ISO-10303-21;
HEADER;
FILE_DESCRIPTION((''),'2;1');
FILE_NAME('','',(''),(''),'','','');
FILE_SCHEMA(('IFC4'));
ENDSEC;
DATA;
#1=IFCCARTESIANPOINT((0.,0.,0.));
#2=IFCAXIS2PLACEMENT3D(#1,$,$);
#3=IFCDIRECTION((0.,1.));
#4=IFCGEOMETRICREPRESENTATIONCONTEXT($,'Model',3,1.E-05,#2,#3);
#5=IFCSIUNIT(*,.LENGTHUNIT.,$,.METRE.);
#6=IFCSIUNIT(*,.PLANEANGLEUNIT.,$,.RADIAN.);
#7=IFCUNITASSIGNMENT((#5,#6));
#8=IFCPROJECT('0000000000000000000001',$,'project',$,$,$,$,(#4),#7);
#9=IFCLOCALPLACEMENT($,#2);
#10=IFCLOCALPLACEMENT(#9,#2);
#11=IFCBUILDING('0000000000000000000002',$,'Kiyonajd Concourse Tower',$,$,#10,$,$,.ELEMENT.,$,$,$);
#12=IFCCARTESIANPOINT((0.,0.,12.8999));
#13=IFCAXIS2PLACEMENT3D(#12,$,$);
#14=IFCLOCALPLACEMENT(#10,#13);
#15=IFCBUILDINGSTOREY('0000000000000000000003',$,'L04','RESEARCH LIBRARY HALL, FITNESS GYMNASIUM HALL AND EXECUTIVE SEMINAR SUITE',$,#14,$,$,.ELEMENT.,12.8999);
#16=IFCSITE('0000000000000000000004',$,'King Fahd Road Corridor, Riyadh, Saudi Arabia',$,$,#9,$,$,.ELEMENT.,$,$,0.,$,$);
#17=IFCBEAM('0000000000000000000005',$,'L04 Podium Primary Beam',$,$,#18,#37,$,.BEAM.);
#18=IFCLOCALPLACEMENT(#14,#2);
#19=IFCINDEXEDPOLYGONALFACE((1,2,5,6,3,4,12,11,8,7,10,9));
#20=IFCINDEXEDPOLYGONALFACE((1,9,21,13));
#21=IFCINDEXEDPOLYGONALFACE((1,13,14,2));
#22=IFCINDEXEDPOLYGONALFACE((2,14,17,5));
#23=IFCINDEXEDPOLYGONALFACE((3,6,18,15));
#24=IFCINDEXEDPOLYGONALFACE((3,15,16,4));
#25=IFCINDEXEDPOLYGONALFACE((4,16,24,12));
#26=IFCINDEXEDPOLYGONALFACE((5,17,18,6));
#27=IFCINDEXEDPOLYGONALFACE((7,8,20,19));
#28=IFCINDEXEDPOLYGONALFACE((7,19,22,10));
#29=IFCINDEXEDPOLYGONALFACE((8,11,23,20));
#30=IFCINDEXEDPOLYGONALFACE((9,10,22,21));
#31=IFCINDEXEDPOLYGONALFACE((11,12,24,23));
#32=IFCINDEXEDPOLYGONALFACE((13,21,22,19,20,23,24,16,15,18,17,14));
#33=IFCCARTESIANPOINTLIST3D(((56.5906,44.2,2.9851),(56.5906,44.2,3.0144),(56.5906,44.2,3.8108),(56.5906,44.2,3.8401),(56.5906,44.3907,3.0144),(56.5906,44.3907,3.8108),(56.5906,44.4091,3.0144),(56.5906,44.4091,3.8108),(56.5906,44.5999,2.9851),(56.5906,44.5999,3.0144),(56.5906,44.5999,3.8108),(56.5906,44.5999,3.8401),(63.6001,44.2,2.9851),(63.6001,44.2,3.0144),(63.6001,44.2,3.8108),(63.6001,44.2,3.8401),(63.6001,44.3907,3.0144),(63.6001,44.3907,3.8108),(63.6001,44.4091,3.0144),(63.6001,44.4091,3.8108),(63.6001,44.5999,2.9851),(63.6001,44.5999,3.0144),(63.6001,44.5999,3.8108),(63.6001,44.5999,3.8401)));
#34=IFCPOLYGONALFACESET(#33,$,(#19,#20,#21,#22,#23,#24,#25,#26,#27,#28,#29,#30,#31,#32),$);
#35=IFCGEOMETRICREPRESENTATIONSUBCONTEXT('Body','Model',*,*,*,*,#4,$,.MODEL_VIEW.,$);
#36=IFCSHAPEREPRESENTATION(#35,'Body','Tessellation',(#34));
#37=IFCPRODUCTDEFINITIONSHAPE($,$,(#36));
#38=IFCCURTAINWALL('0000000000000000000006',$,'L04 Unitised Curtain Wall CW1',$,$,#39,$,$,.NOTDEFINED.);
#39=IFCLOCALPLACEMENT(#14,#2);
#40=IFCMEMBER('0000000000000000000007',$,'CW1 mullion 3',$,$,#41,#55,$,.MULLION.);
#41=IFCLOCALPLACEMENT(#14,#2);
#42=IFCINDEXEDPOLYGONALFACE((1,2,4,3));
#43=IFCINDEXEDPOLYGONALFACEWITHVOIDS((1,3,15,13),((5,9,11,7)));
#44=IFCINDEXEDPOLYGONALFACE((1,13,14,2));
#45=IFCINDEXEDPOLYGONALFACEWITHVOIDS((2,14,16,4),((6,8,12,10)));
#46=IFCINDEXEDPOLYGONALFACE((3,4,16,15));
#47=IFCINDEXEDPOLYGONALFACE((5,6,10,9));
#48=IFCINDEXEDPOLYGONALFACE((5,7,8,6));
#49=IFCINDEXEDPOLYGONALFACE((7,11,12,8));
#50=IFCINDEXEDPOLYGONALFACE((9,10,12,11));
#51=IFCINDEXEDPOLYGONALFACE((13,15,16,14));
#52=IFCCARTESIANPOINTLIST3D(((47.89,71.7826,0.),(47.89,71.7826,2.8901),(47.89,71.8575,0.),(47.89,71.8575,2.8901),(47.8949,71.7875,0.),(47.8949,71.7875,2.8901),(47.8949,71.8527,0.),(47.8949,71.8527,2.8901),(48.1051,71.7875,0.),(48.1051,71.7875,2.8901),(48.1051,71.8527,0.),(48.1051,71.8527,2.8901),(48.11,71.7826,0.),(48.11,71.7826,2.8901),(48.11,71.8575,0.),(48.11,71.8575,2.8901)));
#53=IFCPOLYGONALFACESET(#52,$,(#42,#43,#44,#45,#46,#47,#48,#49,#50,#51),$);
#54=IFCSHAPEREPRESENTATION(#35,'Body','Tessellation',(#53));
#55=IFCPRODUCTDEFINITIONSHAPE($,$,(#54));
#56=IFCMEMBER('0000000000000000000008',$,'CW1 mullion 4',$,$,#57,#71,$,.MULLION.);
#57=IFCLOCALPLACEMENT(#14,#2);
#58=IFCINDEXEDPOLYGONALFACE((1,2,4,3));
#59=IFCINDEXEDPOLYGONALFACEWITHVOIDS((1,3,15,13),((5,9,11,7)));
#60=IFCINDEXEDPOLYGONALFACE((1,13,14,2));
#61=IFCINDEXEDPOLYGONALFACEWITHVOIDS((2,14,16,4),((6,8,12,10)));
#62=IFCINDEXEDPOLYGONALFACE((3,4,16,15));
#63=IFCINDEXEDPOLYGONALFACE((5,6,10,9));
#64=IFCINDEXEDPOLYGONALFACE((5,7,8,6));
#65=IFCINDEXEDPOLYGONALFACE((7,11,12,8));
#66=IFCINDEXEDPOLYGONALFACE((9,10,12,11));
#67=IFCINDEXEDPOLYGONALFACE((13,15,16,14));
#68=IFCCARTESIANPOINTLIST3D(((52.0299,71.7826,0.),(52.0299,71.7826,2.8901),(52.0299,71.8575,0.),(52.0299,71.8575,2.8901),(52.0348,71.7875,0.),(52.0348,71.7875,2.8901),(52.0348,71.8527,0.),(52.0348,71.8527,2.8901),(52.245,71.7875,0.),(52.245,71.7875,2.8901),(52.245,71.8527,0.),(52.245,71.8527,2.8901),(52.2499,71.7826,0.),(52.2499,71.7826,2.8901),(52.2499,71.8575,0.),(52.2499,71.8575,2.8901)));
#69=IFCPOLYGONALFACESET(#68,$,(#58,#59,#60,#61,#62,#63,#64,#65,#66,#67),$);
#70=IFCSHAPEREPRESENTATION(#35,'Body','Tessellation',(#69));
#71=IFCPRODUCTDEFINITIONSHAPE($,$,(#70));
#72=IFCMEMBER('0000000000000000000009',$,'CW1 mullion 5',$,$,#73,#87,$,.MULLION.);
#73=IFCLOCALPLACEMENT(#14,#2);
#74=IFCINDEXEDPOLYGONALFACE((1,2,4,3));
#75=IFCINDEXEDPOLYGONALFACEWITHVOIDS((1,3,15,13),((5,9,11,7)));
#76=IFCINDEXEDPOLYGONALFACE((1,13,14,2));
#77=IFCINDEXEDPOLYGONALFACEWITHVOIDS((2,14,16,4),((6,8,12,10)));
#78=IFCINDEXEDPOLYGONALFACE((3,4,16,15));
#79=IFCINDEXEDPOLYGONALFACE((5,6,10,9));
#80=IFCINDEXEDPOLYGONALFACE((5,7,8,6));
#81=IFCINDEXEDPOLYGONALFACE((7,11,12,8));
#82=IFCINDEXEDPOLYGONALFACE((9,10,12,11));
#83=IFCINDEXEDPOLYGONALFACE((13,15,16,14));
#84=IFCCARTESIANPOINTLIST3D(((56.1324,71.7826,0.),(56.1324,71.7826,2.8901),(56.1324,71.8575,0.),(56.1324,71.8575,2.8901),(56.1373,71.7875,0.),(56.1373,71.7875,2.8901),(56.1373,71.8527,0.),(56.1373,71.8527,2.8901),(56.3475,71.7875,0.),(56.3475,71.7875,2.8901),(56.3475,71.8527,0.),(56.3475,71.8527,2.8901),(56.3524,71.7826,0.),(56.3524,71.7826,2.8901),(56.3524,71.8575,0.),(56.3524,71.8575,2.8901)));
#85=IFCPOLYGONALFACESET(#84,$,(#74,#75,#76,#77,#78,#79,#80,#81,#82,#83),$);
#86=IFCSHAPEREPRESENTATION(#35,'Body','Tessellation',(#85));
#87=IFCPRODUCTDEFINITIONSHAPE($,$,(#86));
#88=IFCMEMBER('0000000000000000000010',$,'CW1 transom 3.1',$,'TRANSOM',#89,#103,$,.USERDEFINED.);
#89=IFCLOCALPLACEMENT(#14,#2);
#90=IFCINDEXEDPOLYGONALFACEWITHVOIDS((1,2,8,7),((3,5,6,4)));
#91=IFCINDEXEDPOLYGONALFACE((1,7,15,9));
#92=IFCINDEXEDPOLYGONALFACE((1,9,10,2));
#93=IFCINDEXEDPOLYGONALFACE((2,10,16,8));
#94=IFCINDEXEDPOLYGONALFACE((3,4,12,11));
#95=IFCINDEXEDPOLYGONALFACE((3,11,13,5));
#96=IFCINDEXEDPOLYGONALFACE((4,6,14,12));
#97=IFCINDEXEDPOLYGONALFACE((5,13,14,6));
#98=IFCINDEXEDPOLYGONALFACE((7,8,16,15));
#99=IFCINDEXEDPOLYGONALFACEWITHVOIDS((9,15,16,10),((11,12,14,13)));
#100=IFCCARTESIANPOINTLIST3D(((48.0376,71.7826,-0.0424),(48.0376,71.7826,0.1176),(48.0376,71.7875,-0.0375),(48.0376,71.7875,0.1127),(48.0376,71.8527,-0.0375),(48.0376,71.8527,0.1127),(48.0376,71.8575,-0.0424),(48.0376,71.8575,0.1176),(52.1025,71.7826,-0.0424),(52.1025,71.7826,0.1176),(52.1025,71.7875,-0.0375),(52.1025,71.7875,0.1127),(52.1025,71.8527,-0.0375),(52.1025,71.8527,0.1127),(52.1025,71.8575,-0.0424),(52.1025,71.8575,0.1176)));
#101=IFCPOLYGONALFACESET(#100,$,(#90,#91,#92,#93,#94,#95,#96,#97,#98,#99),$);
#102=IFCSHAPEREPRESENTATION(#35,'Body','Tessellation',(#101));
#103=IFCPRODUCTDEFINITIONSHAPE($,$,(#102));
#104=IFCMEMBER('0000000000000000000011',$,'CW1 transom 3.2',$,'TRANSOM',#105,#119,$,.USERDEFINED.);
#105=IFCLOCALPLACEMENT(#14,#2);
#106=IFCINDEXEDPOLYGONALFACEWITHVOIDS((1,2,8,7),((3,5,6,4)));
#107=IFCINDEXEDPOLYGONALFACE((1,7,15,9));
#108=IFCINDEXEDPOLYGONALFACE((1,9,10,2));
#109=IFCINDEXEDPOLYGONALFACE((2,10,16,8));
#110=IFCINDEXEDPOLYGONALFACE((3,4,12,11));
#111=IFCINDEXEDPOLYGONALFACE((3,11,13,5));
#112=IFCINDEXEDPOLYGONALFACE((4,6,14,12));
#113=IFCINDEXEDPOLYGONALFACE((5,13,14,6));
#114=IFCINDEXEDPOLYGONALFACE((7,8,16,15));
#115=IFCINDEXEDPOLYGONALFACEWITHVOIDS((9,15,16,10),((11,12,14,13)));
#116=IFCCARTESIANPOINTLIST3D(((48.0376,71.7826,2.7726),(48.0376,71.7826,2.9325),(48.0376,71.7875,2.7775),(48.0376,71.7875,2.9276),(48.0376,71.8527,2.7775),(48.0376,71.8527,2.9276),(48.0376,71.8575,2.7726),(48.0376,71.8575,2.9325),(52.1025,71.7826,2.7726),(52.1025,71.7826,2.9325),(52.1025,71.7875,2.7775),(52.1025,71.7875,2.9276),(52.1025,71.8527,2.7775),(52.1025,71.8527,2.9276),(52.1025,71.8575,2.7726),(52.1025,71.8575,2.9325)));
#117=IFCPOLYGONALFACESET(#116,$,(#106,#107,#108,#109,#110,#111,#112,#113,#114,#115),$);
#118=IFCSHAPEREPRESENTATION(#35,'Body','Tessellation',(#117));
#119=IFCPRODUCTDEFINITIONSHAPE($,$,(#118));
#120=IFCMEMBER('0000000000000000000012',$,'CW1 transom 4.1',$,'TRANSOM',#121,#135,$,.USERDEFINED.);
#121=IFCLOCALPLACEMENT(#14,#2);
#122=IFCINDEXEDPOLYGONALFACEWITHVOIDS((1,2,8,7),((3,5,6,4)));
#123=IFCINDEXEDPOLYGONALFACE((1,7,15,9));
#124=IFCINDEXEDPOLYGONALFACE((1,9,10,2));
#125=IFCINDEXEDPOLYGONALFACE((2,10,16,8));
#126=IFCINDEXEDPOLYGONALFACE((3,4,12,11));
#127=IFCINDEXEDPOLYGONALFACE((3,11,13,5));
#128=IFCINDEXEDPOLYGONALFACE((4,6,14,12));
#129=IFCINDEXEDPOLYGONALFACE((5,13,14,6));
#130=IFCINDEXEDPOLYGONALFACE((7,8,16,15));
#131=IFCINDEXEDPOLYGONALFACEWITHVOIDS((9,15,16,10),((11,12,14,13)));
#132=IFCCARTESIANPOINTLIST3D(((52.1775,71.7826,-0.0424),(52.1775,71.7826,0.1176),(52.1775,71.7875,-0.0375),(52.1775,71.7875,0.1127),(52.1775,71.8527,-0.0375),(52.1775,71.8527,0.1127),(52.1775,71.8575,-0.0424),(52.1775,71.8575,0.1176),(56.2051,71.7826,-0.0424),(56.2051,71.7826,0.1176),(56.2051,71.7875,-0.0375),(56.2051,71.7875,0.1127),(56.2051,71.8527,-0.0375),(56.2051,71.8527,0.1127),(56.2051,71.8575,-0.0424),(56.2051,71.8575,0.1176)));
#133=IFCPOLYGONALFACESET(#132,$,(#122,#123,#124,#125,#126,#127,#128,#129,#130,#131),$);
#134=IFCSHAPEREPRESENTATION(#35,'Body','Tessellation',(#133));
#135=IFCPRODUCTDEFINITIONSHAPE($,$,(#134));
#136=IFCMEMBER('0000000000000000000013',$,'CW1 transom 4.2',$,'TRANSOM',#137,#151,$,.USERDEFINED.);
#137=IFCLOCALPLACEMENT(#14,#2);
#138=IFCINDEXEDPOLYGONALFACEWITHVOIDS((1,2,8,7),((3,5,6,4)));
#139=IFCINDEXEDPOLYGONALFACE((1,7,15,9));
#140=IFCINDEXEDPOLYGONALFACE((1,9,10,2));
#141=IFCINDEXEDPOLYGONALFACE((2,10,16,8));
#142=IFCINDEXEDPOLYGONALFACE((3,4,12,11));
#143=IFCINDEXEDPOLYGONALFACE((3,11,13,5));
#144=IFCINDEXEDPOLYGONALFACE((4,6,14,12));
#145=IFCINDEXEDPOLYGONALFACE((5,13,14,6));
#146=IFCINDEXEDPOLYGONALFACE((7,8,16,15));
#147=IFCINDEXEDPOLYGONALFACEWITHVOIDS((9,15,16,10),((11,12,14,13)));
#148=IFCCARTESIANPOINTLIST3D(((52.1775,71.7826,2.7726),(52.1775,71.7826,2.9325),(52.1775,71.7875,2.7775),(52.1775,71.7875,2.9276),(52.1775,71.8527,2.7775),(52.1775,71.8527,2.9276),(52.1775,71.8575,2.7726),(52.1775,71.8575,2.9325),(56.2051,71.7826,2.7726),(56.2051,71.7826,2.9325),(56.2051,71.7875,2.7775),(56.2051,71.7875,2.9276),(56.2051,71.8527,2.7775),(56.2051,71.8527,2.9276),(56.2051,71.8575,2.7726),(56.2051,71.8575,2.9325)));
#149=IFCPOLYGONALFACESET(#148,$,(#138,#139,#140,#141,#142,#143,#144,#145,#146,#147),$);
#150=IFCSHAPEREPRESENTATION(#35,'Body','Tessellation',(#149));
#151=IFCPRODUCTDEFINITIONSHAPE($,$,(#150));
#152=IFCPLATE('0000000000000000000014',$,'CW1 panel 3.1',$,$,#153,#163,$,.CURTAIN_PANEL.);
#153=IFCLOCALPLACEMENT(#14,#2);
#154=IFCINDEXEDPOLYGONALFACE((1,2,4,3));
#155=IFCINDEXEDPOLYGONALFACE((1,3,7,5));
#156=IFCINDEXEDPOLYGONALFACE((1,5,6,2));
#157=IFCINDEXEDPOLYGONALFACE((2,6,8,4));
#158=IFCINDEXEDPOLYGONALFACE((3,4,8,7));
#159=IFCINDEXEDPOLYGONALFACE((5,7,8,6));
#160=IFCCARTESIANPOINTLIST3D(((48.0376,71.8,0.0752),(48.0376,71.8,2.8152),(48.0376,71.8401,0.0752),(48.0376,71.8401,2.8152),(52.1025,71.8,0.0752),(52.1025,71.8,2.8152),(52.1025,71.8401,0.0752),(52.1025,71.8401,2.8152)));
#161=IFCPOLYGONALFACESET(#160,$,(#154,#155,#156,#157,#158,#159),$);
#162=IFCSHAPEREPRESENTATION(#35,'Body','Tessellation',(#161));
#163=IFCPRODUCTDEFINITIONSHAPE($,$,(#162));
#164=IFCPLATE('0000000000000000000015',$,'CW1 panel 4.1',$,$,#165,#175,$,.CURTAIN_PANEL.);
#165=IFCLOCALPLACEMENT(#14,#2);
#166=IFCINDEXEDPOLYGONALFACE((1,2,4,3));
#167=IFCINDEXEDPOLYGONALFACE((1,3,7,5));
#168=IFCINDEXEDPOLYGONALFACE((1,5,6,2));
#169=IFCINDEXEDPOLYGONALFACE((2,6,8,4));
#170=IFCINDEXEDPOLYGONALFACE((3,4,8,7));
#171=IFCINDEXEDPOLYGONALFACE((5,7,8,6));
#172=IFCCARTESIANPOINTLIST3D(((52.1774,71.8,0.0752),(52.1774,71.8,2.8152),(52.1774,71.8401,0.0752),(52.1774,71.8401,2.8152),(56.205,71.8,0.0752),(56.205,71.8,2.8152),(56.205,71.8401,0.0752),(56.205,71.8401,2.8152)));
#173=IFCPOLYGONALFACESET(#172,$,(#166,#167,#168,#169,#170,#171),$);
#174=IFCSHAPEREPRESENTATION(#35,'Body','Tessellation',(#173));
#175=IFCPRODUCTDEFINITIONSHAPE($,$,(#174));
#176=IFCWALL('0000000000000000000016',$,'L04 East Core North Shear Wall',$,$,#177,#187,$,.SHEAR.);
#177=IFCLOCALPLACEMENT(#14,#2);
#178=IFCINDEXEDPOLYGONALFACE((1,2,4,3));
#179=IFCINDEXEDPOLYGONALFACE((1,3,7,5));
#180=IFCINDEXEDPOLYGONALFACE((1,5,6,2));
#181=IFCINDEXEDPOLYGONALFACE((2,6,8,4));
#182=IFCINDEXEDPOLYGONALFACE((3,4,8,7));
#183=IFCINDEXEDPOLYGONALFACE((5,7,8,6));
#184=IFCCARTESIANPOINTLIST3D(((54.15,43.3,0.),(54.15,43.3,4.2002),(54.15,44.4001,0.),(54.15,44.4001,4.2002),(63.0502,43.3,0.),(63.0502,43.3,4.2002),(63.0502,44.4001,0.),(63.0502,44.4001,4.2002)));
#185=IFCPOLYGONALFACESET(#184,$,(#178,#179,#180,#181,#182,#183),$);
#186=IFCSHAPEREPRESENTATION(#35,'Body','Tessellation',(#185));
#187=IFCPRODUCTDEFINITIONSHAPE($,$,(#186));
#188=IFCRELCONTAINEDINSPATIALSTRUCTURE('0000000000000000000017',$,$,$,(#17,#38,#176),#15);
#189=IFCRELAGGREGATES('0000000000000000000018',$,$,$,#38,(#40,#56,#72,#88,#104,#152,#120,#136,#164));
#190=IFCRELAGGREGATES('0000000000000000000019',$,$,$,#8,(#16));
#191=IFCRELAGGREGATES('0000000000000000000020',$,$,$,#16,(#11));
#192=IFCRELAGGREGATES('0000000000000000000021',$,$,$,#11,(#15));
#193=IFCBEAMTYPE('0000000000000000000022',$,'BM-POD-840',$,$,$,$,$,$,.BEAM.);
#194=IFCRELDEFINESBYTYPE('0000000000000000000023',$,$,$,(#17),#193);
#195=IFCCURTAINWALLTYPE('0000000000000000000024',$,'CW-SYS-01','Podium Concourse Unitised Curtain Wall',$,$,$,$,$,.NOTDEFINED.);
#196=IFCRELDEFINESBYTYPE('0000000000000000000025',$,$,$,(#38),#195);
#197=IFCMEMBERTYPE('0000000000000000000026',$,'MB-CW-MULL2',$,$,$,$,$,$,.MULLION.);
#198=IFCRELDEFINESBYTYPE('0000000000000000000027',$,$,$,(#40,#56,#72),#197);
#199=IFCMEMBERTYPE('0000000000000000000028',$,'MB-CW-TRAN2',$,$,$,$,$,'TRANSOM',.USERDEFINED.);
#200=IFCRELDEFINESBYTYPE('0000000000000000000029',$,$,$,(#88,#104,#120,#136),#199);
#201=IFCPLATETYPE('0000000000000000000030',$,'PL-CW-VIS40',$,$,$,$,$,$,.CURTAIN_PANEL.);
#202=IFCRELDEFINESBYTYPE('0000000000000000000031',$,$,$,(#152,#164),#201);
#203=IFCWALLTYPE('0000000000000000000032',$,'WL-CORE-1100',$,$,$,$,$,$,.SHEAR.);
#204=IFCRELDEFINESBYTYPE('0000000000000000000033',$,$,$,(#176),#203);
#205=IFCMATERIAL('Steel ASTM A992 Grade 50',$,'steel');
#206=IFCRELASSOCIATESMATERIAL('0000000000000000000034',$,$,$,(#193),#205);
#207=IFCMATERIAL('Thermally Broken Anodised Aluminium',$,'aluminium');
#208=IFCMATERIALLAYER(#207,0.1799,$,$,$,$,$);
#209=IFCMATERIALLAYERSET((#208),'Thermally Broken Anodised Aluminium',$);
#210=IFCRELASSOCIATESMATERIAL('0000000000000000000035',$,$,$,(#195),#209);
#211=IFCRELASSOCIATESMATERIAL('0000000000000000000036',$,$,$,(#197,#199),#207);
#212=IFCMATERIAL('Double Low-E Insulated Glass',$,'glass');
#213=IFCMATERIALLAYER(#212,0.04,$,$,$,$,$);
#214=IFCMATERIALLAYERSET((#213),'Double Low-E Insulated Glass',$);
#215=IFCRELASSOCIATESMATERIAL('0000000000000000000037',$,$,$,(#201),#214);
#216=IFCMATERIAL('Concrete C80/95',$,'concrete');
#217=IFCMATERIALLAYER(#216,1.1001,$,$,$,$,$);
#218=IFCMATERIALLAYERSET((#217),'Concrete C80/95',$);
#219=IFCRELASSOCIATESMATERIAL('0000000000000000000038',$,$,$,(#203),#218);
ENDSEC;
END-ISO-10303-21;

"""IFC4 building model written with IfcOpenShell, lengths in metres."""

from ifc_helpers import new_model, si_unit, direction, frame, frame_2d, origin, origin_2d, place, context, subcontext, project, spatial, rectangle, hollow_rectangle, i_section, extrude, material, layer, layer_set, material_profile, profile_set, type_object, element, aggregate, save


model = new_model("IFC4")

# Units and contexts
model_context = context("Model", 3, precision=1e-05, world=origin(), true_north=direction((0.0, 1.0)))
body_context = subcontext(model_context, "Body", "Model", "MODEL_VIEW")
ifc_project = project(units=[si_unit("LENGTHUNIT", "METRE"), si_unit("PLANEANGLEUNIT", "RADIAN")], contexts=[model_context])

# Site, building, storey
site_placement = place(None, origin())
site = spatial("IfcSite", under=ifc_project, at=site_placement, Name="King Fahd Road Corridor, Riyadh, Saudi Arabia", CompositionType="ELEMENT", RefElevation=0.0)
building_placement = place(site_placement, origin())
building = spatial("IfcBuilding", under=site, at=building_placement, Name="Kiyonajd Concourse Tower", CompositionType="ELEMENT")
storey_placement = place(building_placement, frame((0.0, 0.0, 12.8999)))
storey = spatial("IfcBuildingStorey", under=building, at=storey_placement, Name="L04", Description="RESEARCH LIBRARY HALL, FITNESS GYMNASIUM HALL AND EXECUTIVE SEMINAR SUITE", CompositionType="ELEMENT", Elevation=12.8999)

# Shared definitions
ifc_material_1 = material(Name="Concrete C80/95", Category="concrete")

# Beam
ifc_material_2 = material(Name="Steel ASTM A992 Grade 50", Category="steel")
ifc_material_profile_1 = material_profile(ifc_material_2, i_section(OverallWidth=0.3999, OverallDepth=0.855, WebThickness=0.0183, FlangeThickness=0.0293, at=origin_2d()), Name="W840X299")
ifc_profile_set_1 = profile_set([ifc_material_profile_1], Name="Steel ASTM A992 Grade 50")
beam_type_1 = type_object("IfcBeamType", Name="BM-POD-840", PredefinedType="BEAM", material=ifc_profile_set_1)
beam_1_placement = place(storey_placement, frame((56.5906, 44.3999, 3.4126), z_axis=(1.0, 0.0, 0.0), x_axis=(0.0, 1.0, 0.0)))
element("IfcBeam", 1, at=beam_1_placement, inside=storey, type_object=beam_type_1, Name="L04 Podium Primary Beam", PredefinedType="BEAM", context=body_context, shape_type="SweptSolid", body=[
    extrude(i_section(OverallWidth=0.3999, OverallDepth=0.855, WebThickness=0.0183, FlangeThickness=0.0293, at=origin_2d()), origin(), (0.0, 0.0, 1.0), 7.0095),
])

# Curtain wall, members, plates
ifc_material_3 = material(Name="Thermally Broken Anodised Aluminium", Category="aluminium")
ifc_layer_1 = layer(ifc_material_3, 0.1799)
ifc_layer_set_1 = layer_set([ifc_layer_1], Name="Thermally Broken Anodised Aluminium")
curtain_wall_type = type_object("IfcCurtainWallType", Name="CW-SYS-01", Description="Podium Concourse Unitised Curtain Wall", PredefinedType="NOTDEFINED", material=ifc_layer_set_1)
curtain_wall_placement = place(storey_placement, origin())
curtain_wall = element("IfcCurtainWall", 2, at=curtain_wall_placement, inside=storey, type_object=curtain_wall_type, Name="L04 Unitised Curtain Wall CW1", PredefinedType="NOTDEFINED")
ifc_material_profile_2 = material_profile(ifc_material_3, hollow_rectangle(XDim=0.075, YDim=0.22, WallThickness=0.0049, at=origin_2d()), Name="MULL-75x220")
ifc_profile_set_2 = profile_set([ifc_material_profile_2], Name="Thermally Broken Anodised Aluminium")
member_type_1 = type_object("IfcMemberType", Name="MB-CW-MULL2", PredefinedType="MULLION", material=ifc_profile_set_2)
member_1_placement = place(storey_placement, frame((48.0, 71.8201, 0.0), z_axis=(0.0, 0.0, 1.0), x_axis=(0.0, 1.0, 0.0)))
member_1 = element("IfcMember", 3, at=member_1_placement, type_object=member_type_1, Name="CW1 mullion 3", PredefinedType="MULLION", context=body_context, shape_type="SweptSolid", body=[
    extrude(hollow_rectangle(XDim=0.075, YDim=0.22, WallThickness=0.0049, at=origin_2d()), origin(), (0.0, 0.0, 1.0), 2.8901),
])
member_2_placement = place(storey_placement, frame((52.1399, 71.8201, 0.0), z_axis=(0.0, 0.0, 1.0), x_axis=(0.0, 1.0, 0.0)))
member_2 = element("IfcMember", 4, at=member_2_placement, type_object=member_type_1, Name="CW1 mullion 4", PredefinedType="MULLION", context=body_context, shape_type="SweptSolid", body=[
    extrude(hollow_rectangle(XDim=0.075, YDim=0.22, WallThickness=0.0049, at=origin_2d()), origin(), (0.0, 0.0, 1.0), 2.8901),
])
member_3_placement = place(storey_placement, frame((56.2424, 71.8201, 0.0), z_axis=(0.0, 0.0, 1.0), x_axis=(0.0, 1.0, 0.0)))
member_3 = element("IfcMember", 5, at=member_3_placement, type_object=member_type_1, Name="CW1 mullion 5", PredefinedType="MULLION", context=body_context, shape_type="SweptSolid", body=[
    extrude(hollow_rectangle(XDim=0.075, YDim=0.22, WallThickness=0.0049, at=origin_2d()), origin(), (0.0, 0.0, 1.0), 2.8901),
])
ifc_material_profile_3 = material_profile(ifc_material_3, hollow_rectangle(XDim=0.075, YDim=0.1599, WallThickness=0.0049, at=origin_2d()), Name="TRAN-75x160")
ifc_profile_set_3 = profile_set([ifc_material_profile_3], Name="Thermally Broken Anodised Aluminium")
member_type_2 = type_object("IfcMemberType", Name="MB-CW-TRAN2", ElementType="TRANSOM", PredefinedType="USERDEFINED", material=ifc_profile_set_3)
member_4_placement = place(storey_placement, frame((48.0376, 71.8201, 0.0376), z_axis=(1.0, 0.0, 0.0), x_axis=(0.0, 1.0, 0.0)))
member_4 = element("IfcMember", 6, at=member_4_placement, type_object=member_type_2, Name="CW1 transom 3.1", ObjectType="TRANSOM", PredefinedType="USERDEFINED", context=body_context, shape_type="SweptSolid", body=[
    extrude(hollow_rectangle(XDim=0.075, YDim=0.1599, WallThickness=0.0049, at=origin_2d()), origin(), (0.0, 0.0, 1.0), 4.0649),
])
member_5_placement = place(storey_placement, frame((48.0376, 71.8201, 2.8525), z_axis=(1.0, 0.0, 0.0), x_axis=(0.0, 1.0, 0.0)))
member_5 = element("IfcMember", 7, at=member_5_placement, type_object=member_type_2, Name="CW1 transom 3.2", ObjectType="TRANSOM", PredefinedType="USERDEFINED", context=body_context, shape_type="SweptSolid", body=[
    extrude(hollow_rectangle(XDim=0.075, YDim=0.1599, WallThickness=0.0049, at=origin_2d()), origin(), (0.0, 0.0, 1.0), 4.0649),
])
member_6_placement = place(storey_placement, frame((52.1775, 71.8201, 0.0376), z_axis=(1.0, 0.0, 0.0), x_axis=(0.0, 1.0, 0.0)))
member_6 = element("IfcMember", 8, at=member_6_placement, type_object=member_type_2, Name="CW1 transom 4.1", ObjectType="TRANSOM", PredefinedType="USERDEFINED", context=body_context, shape_type="SweptSolid", body=[
    extrude(hollow_rectangle(XDim=0.075, YDim=0.1599, WallThickness=0.0049, at=origin_2d()), origin(), (0.0, 0.0, 1.0), 4.0276),
])
member_7_placement = place(storey_placement, frame((52.1775, 71.8201, 2.8525), z_axis=(1.0, 0.0, 0.0), x_axis=(0.0, 1.0, 0.0)))
member_7 = element("IfcMember", 9, at=member_7_placement, type_object=member_type_2, Name="CW1 transom 4.2", ObjectType="TRANSOM", PredefinedType="USERDEFINED", context=body_context, shape_type="SweptSolid", body=[
    extrude(hollow_rectangle(XDim=0.075, YDim=0.1599, WallThickness=0.0049, at=origin_2d()), origin(), (0.0, 0.0, 1.0), 4.0276),
])
ifc_material_4 = material(Name="Double Low-E Insulated Glass", Category="glass")
ifc_layer_2 = layer(ifc_material_4, 0.04)
ifc_layer_set_2 = layer_set([ifc_layer_2], Name="Double Low-E Insulated Glass")
plate_type = type_object("IfcPlateType", Name="PL-CW-VIS40", PredefinedType="CURTAIN_PANEL", material=ifc_layer_set_2)
plate_1_placement = place(storey_placement, frame((50.0701, 71.8201, 0.0752), z_axis=(0.0, 0.0, 1.0), x_axis=(1.0, 0.0, 0.0)))
plate_1 = element("IfcPlate", 10, at=plate_1_placement, type_object=plate_type, Name="CW1 panel 3.1", PredefinedType="CURTAIN_PANEL", context=body_context, shape_type="SweptSolid", body=[
    extrude(rectangle(XDim=4.0649, YDim=0.04, at=origin_2d()), origin(), (0.0, 0.0, 1.0), 2.74),
])
plate_2_placement = place(storey_placement, frame((54.1912, 71.8201, 0.0752), z_axis=(0.0, 0.0, 1.0), x_axis=(1.0, 0.0, 0.0)))
plate_2 = element("IfcPlate", 11, at=plate_2_placement, type_object=plate_type, Name="CW1 panel 4.1", PredefinedType="CURTAIN_PANEL", context=body_context, shape_type="SweptSolid", body=[
    extrude(rectangle(XDim=4.0276, YDim=0.04, at=origin_2d()), origin(), (0.0, 0.0, 1.0), 2.74),
])
aggregate(curtain_wall, [member_1, member_2, member_3, member_4, member_5, plate_1, member_6, member_7, plate_2])

# Wall
ifc_layer_3 = layer(ifc_material_1, 1.1001)
ifc_layer_set_3 = layer_set([ifc_layer_3], Name="Concrete C80/95")
wall_type_1 = type_object("IfcWallType", Name="WL-CORE-1100", PredefinedType="SHEAR", material=ifc_layer_set_3)
wall_1_placement = place(storey_placement, frame((54.1499, 43.8501, 0.0), z_axis=(0.0, 0.0, 1.0), x_axis=(1.0, 0.0, 0.0)))
element("IfcWall", 12, at=wall_1_placement, inside=storey, type_object=wall_type_1, Name="L04 East Core North Shear Wall", PredefinedType="SHEAR", context=body_context, shape_type="SweptSolid", body=[
    extrude(rectangle(XDim=8.9001, YDim=1.1001, at=frame_2d((4.4502, 0.0))), origin(), (0.0, 0.0, 1.0), 4.2002),
])

save(model, "model.ifc")
